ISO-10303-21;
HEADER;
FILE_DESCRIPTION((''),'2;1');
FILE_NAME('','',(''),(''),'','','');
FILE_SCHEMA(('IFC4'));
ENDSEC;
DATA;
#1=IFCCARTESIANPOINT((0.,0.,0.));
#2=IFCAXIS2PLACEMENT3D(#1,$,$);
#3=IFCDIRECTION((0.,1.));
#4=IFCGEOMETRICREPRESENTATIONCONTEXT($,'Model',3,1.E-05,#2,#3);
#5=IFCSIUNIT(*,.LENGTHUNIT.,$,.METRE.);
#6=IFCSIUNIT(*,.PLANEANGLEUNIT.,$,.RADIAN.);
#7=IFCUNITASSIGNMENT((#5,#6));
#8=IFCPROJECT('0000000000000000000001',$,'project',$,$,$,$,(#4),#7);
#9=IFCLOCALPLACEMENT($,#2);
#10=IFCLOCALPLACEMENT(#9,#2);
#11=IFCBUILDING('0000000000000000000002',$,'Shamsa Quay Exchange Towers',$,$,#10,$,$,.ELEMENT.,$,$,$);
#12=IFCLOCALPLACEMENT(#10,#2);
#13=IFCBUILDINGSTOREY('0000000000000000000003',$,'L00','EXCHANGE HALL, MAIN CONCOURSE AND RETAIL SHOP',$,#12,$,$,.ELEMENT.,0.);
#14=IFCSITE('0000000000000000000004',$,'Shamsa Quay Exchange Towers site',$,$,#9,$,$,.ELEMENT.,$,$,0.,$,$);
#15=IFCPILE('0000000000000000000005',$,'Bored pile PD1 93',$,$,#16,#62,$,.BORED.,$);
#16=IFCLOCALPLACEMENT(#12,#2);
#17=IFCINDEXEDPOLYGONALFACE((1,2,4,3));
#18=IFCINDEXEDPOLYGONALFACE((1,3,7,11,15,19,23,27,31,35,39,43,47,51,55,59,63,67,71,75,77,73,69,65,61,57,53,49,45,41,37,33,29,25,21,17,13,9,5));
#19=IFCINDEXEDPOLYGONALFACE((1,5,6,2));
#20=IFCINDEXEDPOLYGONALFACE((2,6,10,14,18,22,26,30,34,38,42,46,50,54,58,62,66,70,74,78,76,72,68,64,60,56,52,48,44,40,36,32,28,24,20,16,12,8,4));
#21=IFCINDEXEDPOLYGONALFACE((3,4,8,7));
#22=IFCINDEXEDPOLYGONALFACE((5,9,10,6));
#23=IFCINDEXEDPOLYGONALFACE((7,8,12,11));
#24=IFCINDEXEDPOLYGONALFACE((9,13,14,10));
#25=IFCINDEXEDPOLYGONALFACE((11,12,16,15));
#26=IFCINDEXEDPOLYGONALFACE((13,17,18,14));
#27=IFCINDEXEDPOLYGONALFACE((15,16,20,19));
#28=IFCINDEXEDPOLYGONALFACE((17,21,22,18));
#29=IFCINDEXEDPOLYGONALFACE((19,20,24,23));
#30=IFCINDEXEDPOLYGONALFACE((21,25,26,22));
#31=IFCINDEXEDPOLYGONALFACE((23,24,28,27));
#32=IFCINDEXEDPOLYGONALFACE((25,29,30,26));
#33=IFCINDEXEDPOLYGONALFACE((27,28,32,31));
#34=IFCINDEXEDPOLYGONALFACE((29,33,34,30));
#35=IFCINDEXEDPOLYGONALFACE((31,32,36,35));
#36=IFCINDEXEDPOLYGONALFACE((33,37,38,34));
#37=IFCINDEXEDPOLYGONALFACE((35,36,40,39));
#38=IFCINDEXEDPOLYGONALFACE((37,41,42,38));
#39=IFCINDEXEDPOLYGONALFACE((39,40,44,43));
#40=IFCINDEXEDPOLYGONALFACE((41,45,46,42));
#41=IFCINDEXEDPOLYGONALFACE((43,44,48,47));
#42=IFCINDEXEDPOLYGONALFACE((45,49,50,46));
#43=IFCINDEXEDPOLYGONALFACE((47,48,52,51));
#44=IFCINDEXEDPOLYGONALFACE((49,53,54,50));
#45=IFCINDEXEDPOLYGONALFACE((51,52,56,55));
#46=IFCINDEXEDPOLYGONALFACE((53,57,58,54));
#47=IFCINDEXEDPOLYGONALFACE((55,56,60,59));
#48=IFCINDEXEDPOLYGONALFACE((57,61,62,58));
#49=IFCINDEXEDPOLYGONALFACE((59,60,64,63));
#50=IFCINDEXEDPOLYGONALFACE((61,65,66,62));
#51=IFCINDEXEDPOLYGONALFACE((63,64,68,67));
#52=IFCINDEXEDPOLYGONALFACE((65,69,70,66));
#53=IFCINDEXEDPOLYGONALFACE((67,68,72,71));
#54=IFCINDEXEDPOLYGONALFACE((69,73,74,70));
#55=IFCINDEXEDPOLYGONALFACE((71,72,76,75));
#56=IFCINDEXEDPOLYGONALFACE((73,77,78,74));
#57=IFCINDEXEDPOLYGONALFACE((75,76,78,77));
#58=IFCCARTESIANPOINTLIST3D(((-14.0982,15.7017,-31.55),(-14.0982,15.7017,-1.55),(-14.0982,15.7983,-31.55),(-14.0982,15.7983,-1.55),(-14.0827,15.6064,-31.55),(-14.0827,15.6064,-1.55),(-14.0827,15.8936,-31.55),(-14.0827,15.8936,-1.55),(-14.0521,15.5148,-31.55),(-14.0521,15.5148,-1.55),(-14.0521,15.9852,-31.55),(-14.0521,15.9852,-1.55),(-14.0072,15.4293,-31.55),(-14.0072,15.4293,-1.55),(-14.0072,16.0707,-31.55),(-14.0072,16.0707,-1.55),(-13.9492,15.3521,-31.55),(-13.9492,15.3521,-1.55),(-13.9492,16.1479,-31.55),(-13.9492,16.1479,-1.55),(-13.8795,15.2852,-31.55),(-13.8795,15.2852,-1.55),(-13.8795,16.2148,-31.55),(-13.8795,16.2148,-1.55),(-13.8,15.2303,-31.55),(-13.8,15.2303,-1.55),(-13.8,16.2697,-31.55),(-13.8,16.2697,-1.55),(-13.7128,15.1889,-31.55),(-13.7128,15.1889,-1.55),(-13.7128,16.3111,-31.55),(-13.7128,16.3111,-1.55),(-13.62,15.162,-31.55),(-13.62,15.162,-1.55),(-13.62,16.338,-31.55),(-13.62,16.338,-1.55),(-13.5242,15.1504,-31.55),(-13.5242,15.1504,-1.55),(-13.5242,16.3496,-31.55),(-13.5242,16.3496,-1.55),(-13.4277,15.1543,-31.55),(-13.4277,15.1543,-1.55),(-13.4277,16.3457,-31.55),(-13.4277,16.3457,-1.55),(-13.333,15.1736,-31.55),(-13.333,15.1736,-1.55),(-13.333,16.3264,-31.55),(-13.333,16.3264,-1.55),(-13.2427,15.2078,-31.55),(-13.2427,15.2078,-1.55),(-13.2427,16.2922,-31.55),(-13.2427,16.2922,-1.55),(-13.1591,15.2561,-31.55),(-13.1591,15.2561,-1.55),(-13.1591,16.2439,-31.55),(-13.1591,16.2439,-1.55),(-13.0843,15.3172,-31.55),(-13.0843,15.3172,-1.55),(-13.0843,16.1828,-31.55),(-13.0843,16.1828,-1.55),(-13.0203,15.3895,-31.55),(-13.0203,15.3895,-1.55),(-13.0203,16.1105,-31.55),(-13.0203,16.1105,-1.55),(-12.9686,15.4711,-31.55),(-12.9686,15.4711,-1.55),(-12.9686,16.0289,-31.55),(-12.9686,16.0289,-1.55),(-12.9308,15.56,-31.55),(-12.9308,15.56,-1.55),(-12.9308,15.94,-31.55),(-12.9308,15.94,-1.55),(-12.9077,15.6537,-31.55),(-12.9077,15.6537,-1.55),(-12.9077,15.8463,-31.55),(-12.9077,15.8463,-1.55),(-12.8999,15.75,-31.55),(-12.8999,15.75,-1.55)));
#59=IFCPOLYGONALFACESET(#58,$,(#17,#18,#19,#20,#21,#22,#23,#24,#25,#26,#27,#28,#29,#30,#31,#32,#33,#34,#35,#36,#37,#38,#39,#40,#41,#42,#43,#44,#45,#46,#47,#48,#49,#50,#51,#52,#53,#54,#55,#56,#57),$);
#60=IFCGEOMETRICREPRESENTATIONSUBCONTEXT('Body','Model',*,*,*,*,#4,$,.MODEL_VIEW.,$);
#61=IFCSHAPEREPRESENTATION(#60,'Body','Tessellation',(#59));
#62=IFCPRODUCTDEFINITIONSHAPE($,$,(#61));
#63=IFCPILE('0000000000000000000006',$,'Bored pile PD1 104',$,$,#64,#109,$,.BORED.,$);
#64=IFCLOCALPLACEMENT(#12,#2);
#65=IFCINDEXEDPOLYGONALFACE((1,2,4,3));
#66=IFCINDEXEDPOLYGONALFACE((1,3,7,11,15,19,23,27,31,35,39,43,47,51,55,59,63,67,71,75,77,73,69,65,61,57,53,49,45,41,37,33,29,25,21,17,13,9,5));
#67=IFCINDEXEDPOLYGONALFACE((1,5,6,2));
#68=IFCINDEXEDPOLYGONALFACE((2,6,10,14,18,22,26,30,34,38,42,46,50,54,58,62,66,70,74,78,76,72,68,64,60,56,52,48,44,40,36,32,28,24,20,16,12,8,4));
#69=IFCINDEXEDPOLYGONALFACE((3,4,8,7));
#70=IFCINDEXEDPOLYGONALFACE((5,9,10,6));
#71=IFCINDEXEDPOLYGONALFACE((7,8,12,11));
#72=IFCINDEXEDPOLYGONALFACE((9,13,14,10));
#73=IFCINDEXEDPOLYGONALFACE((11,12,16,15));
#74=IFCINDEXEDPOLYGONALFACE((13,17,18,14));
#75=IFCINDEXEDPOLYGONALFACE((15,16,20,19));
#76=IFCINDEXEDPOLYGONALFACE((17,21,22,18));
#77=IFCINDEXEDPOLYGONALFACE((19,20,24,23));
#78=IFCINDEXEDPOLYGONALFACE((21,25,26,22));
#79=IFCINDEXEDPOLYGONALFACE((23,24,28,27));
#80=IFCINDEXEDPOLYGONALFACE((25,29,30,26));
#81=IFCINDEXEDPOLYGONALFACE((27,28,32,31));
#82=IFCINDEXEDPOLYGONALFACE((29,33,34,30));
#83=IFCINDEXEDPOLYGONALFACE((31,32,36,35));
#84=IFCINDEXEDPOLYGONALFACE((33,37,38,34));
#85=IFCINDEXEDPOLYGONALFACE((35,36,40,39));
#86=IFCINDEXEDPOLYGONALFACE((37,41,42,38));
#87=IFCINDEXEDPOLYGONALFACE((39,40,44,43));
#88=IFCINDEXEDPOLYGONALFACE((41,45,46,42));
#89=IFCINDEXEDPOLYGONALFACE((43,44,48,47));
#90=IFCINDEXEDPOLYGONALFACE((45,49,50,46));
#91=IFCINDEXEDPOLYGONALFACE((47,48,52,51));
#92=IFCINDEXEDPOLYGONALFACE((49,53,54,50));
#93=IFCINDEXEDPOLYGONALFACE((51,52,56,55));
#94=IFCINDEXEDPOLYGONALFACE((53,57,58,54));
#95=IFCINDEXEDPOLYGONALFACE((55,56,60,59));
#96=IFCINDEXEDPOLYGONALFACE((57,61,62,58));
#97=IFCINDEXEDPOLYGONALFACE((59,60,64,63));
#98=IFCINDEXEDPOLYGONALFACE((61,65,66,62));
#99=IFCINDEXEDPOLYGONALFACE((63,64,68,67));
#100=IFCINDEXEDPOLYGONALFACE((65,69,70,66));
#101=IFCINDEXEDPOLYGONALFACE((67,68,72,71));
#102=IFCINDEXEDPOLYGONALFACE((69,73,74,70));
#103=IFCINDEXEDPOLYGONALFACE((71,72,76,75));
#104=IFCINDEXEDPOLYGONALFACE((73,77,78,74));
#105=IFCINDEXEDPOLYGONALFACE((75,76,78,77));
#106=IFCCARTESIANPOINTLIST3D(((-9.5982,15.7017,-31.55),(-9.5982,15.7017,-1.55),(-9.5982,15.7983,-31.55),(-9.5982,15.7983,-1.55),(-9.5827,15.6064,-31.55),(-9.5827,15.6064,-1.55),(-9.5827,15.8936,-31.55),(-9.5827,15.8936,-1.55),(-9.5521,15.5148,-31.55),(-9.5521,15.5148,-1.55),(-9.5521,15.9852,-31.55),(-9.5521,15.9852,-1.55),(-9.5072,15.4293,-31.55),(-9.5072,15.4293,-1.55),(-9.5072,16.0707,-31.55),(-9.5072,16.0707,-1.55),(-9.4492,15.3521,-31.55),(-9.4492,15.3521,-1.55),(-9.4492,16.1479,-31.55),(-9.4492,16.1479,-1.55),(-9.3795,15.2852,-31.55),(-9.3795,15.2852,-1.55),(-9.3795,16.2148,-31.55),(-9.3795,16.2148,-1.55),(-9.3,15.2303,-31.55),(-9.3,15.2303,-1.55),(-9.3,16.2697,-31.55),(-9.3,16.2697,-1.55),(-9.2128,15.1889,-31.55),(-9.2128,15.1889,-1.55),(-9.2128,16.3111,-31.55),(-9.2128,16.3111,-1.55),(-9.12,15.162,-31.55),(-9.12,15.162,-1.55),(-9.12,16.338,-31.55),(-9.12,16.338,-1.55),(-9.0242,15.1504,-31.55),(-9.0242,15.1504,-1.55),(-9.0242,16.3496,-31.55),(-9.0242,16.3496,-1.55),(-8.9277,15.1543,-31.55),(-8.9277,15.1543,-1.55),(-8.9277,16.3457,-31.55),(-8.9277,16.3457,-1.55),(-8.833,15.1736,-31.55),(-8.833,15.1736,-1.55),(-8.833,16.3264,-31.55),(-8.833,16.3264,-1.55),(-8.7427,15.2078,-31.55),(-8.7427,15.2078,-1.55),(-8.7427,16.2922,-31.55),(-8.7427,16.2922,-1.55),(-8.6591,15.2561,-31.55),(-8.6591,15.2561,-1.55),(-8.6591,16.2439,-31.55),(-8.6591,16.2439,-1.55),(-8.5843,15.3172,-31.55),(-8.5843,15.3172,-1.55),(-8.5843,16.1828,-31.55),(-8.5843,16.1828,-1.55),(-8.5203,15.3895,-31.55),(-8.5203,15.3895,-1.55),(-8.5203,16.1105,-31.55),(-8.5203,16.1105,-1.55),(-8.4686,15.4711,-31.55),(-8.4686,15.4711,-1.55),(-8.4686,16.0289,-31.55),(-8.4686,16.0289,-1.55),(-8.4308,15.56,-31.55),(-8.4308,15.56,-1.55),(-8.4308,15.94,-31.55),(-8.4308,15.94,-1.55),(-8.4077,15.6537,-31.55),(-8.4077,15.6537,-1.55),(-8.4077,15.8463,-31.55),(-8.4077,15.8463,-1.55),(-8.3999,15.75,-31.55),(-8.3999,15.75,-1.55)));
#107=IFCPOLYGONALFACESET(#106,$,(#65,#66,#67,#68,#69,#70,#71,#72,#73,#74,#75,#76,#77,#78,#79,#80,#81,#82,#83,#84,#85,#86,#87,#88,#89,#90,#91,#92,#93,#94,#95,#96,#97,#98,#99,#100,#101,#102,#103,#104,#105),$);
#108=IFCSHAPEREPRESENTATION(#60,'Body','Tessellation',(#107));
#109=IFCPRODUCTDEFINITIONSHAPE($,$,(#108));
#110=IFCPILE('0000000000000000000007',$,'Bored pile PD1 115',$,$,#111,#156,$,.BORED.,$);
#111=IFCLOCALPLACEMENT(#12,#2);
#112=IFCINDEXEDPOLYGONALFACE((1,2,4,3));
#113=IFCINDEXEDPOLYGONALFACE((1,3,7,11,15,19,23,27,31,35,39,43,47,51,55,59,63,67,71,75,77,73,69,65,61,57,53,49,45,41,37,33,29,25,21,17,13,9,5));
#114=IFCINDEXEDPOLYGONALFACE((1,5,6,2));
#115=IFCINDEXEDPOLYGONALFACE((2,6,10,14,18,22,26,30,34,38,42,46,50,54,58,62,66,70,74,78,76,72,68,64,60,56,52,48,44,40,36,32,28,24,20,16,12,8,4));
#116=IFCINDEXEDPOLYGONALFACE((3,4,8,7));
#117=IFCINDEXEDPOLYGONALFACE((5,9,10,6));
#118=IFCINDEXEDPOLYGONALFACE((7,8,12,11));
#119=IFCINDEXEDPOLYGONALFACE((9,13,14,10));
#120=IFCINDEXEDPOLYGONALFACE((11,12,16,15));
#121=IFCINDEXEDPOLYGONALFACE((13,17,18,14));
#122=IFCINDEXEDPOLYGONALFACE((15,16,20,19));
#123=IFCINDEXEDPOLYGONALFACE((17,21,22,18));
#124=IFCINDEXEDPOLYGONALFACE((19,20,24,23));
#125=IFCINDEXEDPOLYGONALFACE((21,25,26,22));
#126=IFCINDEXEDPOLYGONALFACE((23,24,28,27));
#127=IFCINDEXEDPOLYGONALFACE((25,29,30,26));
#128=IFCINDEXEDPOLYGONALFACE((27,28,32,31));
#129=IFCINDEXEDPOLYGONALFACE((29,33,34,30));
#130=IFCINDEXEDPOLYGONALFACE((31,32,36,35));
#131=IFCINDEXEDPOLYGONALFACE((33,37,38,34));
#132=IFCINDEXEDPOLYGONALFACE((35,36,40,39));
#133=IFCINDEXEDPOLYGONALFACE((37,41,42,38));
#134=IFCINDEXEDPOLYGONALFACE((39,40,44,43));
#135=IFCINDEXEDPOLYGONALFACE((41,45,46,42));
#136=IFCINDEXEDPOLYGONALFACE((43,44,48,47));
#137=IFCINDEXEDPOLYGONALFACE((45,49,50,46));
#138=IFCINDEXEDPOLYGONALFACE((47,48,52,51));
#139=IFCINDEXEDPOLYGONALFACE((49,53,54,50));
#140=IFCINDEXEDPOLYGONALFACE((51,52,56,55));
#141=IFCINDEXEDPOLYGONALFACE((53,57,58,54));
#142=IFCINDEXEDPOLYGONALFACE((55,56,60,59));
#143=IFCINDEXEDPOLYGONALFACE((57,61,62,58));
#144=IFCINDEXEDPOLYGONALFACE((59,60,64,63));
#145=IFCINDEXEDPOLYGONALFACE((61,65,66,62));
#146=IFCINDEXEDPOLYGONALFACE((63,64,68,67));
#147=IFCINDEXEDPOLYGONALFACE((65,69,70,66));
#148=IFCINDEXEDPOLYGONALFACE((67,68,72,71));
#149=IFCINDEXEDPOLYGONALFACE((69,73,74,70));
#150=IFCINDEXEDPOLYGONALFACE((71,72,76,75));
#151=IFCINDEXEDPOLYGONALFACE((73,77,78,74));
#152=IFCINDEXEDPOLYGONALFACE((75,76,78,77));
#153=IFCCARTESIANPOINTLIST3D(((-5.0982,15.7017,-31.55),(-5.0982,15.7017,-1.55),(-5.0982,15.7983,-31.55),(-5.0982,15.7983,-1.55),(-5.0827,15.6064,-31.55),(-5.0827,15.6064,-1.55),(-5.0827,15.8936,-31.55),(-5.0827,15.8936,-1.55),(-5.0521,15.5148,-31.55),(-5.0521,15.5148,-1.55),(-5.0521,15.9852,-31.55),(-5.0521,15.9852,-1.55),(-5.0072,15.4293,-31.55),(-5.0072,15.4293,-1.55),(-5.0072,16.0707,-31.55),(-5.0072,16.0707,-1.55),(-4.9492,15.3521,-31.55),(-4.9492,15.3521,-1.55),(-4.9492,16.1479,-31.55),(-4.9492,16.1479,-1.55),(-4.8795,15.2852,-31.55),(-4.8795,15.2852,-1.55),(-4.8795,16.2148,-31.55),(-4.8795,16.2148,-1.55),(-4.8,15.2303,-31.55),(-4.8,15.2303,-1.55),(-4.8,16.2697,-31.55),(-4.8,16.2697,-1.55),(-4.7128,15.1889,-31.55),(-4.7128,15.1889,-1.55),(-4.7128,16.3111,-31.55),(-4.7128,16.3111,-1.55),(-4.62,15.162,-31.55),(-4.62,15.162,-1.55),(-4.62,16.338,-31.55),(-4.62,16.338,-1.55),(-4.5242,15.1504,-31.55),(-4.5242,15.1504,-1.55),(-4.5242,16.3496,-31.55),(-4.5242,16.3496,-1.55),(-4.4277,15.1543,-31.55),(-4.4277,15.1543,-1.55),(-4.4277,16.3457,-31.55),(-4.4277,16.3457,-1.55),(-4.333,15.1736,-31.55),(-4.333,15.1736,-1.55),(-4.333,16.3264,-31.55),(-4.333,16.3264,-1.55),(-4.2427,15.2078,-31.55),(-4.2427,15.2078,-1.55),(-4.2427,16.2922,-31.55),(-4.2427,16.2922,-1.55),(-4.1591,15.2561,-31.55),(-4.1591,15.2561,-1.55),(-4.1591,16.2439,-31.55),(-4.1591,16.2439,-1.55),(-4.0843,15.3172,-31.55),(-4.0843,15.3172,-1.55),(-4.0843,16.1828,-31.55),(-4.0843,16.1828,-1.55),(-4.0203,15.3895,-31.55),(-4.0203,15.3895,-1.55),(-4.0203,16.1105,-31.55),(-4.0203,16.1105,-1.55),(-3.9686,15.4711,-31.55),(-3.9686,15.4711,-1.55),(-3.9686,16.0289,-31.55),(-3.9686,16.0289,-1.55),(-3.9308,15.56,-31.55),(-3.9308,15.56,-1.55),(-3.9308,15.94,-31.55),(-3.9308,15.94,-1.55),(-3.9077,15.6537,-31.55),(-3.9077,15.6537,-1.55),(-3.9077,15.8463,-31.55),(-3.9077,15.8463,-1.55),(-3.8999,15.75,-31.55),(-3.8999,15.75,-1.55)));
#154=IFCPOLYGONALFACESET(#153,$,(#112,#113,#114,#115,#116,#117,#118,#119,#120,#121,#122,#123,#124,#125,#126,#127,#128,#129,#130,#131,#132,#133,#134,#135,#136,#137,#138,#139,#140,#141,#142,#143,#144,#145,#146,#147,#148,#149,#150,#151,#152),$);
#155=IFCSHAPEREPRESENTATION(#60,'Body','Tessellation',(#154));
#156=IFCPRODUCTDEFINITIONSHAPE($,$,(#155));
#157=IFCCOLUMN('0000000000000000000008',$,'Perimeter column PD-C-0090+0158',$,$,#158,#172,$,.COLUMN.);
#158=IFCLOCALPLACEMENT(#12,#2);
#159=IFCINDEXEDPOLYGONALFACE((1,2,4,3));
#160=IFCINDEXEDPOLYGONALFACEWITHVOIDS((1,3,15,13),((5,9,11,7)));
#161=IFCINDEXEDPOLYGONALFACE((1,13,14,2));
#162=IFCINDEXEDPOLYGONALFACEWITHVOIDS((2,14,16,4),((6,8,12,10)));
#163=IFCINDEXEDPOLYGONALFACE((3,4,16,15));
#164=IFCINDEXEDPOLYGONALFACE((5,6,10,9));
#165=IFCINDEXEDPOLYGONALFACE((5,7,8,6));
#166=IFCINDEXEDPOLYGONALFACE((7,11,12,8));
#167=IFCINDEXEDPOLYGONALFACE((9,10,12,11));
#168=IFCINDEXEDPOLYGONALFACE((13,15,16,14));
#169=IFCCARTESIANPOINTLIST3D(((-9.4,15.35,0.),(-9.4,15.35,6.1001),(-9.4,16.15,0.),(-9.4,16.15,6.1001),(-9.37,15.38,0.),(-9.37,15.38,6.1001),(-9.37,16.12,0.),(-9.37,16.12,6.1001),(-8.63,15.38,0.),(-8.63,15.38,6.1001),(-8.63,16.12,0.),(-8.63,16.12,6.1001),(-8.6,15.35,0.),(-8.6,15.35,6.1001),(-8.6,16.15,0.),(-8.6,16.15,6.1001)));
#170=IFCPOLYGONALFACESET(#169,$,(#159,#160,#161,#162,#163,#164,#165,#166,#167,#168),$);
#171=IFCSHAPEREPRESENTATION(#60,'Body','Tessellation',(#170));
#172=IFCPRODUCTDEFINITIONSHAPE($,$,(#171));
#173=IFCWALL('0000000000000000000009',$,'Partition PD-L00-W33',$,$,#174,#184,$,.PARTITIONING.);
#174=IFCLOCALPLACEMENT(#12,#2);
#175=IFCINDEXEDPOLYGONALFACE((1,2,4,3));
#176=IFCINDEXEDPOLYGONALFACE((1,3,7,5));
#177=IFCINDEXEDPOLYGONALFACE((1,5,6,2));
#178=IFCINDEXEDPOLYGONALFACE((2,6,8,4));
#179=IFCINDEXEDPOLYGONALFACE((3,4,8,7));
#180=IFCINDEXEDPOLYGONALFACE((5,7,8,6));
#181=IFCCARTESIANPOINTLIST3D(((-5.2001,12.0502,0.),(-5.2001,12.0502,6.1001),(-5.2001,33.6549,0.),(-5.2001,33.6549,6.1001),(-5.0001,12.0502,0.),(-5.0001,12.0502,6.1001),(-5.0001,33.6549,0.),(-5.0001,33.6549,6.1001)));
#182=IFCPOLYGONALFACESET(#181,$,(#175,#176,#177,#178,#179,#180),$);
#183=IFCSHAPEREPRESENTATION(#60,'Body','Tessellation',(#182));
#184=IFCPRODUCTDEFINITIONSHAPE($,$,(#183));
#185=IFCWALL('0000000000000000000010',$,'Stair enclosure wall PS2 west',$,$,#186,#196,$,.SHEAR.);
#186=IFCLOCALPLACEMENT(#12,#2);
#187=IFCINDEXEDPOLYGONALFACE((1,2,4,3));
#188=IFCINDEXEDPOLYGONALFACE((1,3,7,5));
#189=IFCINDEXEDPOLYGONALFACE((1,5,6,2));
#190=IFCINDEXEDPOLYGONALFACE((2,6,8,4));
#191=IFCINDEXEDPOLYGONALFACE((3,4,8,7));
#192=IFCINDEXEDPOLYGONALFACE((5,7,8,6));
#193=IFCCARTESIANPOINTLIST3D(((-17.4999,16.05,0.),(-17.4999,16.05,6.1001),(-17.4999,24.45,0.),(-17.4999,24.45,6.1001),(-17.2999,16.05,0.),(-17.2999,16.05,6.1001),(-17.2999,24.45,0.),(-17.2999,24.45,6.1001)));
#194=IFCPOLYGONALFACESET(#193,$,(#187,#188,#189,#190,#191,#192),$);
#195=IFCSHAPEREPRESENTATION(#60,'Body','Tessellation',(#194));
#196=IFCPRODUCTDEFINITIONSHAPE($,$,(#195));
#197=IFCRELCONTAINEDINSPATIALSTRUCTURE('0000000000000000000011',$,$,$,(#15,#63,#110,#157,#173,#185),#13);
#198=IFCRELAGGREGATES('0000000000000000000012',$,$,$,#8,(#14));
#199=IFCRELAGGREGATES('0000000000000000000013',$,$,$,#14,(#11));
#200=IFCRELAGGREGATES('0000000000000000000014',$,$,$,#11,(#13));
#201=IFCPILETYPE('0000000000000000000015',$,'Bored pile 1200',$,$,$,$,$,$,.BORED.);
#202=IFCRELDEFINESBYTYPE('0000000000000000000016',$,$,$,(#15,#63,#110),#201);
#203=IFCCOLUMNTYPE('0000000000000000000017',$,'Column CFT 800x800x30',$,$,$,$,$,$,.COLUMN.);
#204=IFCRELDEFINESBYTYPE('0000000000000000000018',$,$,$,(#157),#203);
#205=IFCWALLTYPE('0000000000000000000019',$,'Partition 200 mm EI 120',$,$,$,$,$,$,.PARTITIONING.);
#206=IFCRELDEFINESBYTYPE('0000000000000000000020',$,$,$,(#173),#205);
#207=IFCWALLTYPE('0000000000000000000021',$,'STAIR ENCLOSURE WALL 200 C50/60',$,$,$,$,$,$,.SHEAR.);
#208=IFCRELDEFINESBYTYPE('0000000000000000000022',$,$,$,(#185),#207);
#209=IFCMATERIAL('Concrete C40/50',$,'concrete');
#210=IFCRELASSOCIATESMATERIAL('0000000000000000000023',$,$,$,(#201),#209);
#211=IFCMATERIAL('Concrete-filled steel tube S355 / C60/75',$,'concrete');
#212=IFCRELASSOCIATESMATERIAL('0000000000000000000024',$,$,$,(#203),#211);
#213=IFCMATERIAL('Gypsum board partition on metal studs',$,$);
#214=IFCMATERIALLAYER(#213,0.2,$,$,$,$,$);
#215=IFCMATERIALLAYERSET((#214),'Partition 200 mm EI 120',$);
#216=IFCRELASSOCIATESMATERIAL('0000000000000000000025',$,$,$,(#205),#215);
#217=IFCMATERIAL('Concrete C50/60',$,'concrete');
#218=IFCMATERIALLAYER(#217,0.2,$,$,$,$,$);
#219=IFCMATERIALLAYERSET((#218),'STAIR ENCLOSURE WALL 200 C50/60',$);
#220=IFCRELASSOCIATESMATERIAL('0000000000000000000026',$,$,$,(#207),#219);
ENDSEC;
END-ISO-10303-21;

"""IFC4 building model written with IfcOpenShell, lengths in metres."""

from ifc_helpers import new_model, si_unit, direction, frame, frame_2d, origin, origin_2d, place, context, subcontext, project, spatial, rectangle, hollow_rectangle, circle, extrude, material, layer, layer_set, material_profile, profile_set, type_object, element, save


model = new_model("IFC4")

# Units and contexts
model_context = context("Model", 3, precision=1e-05, world=origin(), true_north=direction((0.0, 1.0)))
body_context = subcontext(model_context, "Body", "Model", "MODEL_VIEW")
ifc_project = project(units=[si_unit("LENGTHUNIT", "METRE"), si_unit("PLANEANGLEUNIT", "RADIAN")], contexts=[model_context])

# Site, building, storey
site_placement = place(None, origin())
site = spatial("IfcSite", under=ifc_project, at=site_placement, Name="Shamsa Quay Exchange Towers site", CompositionType="ELEMENT", RefElevation=0.0)
building_placement = place(site_placement, origin())
building = spatial("IfcBuilding", under=site, at=building_placement, Name="Shamsa Quay Exchange Towers", CompositionType="ELEMENT")
storey_placement = place(building_placement, origin())
storey = spatial("IfcBuildingStorey", under=building, at=storey_placement, Name="L00", Description="EXCHANGE HALL, MAIN CONCOURSE AND RETAIL SHOP", CompositionType="ELEMENT", Elevation=0.0)

# Piles
ifc_material_1 = material(Name="Concrete C40/50", Category="concrete")
ifc_material_profile_1 = material_profile(ifc_material_1, circle(Radius=0.6001, at=origin_2d()), Name="BP1200")
ifc_profile_set_1 = profile_set([ifc_material_profile_1], Name="Concrete C40/50")
pile_type = type_object("IfcPileType", Name="Bored pile 1200", PredefinedType="BORED", material=ifc_profile_set_1)
for number, where, z_axis, x_axis, name in (
    (1, (-13.5, 15.75, -1.55), (0.0, 0.0, -1.0), (1.0, 0.0, 0.0), "Bored pile PD1 93"),
    (2, (-9.0, 15.75, -1.55), (0.0, 0.0, -1.0), (1.0, 0.0, 0.0), "Bored pile PD1 104"),
    (3, (-4.5, 15.75, -1.55), (0.0, 0.0, -1.0), (1.0, 0.0, 0.0), "Bored pile PD1 115"),
):
    element("IfcPile", number, at=place(storey_placement, frame(where, z_axis=z_axis, x_axis=x_axis)), inside=storey, type_object=pile_type, Name=name, PredefinedType="BORED", context=body_context, shape_type="SweptSolid", body=[
        extrude(circle(Radius=0.6001, at=origin_2d()), origin(), (0.0, 0.0, 1.0), 30.0),
    ])

# Column
ifc_material_2 = material(Name="Concrete-filled steel tube S355 / C60/75", Category="concrete")
ifc_material_profile_2 = material_profile(ifc_material_2, hollow_rectangle(XDim=0.8, YDim=0.8, WallThickness=0.03, at=origin_2d()), Name="CFT 800x800x30")
ifc_profile_set_2 = profile_set([ifc_material_profile_2], Name="Concrete-filled steel tube S355 / C60/75")
column_type = type_object("IfcColumnType", Name="Column CFT 800x800x30", PredefinedType="COLUMN", material=ifc_profile_set_2)
column_placement = place(storey_placement, frame((-9.0, 15.75, 0.0)))
element("IfcColumn", 4, at=column_placement, inside=storey, type_object=column_type, Name="Perimeter column PD-C-0090+0158", PredefinedType="COLUMN", context=body_context, shape_type="SweptSolid", body=[
    extrude(hollow_rectangle(XDim=0.8, YDim=0.8, WallThickness=0.03, at=origin_2d()), origin(), (0.0, 0.0, 1.0), 6.1001),
])

# Wall
ifc_material_3 = material(Name="Gypsum board partition on metal studs")
ifc_layer_1 = layer(ifc_material_3, 0.2)
ifc_layer_set_1 = layer_set([ifc_layer_1], Name="Partition 200 mm EI 120")
wall_type_1 = type_object("IfcWallType", Name="Partition 200 mm EI 120", PredefinedType="PARTITIONING", material=ifc_layer_set_1)
wall_1_placement = place(storey_placement, frame((-5.1001, 12.0503, 0.0), z_axis=(0.0, 0.0, 1.0), x_axis=(0.0, 1.0, 0.0)))
element("IfcWall", 5, at=wall_1_placement, inside=storey, type_object=wall_type_1, Name="Partition PD-L00-W33", PredefinedType="PARTITIONING", context=body_context, shape_type="SweptSolid", body=[
    extrude(rectangle(XDim=21.6047, YDim=0.2, at=frame_2d((10.8022, 0.0))), origin(), (0.0, 0.0, 1.0), 6.1001),
])

# Shared definitions
ifc_material_4 = material(Name="Concrete C50/60", Category="concrete")
ifc_layer_2 = layer(ifc_material_4, 0.2)
ifc_layer_set_2 = layer_set([ifc_layer_2], Name="STAIR ENCLOSURE WALL 200 C50/60")
wall_type_2 = type_object("IfcWallType", Name="STAIR ENCLOSURE WALL 200 C50/60", PredefinedType="SHEAR", material=ifc_layer_set_2)

# Wall
for number, where, z_axis, x_axis, name in (
    (6, (-17.3999, 16.05, 0.0), (0.0, 0.0, 1.0), (0.0, 1.0, 0.0), "Stair enclosure wall PS2 west"),
):
    element("IfcWall", number, at=place(storey_placement, frame(where, z_axis=z_axis, x_axis=x_axis)), inside=storey, type_object=wall_type_2, Name=name, PredefinedType="SHEAR", context=body_context, shape_type="SweptSolid", body=[
        extrude(rectangle(XDim=8.3999, YDim=0.2, at=frame_2d((4.2, 0.0))), origin(), (0.0, 0.0, 1.0), 6.1001),
    ])

save(model, "model.ifc")
